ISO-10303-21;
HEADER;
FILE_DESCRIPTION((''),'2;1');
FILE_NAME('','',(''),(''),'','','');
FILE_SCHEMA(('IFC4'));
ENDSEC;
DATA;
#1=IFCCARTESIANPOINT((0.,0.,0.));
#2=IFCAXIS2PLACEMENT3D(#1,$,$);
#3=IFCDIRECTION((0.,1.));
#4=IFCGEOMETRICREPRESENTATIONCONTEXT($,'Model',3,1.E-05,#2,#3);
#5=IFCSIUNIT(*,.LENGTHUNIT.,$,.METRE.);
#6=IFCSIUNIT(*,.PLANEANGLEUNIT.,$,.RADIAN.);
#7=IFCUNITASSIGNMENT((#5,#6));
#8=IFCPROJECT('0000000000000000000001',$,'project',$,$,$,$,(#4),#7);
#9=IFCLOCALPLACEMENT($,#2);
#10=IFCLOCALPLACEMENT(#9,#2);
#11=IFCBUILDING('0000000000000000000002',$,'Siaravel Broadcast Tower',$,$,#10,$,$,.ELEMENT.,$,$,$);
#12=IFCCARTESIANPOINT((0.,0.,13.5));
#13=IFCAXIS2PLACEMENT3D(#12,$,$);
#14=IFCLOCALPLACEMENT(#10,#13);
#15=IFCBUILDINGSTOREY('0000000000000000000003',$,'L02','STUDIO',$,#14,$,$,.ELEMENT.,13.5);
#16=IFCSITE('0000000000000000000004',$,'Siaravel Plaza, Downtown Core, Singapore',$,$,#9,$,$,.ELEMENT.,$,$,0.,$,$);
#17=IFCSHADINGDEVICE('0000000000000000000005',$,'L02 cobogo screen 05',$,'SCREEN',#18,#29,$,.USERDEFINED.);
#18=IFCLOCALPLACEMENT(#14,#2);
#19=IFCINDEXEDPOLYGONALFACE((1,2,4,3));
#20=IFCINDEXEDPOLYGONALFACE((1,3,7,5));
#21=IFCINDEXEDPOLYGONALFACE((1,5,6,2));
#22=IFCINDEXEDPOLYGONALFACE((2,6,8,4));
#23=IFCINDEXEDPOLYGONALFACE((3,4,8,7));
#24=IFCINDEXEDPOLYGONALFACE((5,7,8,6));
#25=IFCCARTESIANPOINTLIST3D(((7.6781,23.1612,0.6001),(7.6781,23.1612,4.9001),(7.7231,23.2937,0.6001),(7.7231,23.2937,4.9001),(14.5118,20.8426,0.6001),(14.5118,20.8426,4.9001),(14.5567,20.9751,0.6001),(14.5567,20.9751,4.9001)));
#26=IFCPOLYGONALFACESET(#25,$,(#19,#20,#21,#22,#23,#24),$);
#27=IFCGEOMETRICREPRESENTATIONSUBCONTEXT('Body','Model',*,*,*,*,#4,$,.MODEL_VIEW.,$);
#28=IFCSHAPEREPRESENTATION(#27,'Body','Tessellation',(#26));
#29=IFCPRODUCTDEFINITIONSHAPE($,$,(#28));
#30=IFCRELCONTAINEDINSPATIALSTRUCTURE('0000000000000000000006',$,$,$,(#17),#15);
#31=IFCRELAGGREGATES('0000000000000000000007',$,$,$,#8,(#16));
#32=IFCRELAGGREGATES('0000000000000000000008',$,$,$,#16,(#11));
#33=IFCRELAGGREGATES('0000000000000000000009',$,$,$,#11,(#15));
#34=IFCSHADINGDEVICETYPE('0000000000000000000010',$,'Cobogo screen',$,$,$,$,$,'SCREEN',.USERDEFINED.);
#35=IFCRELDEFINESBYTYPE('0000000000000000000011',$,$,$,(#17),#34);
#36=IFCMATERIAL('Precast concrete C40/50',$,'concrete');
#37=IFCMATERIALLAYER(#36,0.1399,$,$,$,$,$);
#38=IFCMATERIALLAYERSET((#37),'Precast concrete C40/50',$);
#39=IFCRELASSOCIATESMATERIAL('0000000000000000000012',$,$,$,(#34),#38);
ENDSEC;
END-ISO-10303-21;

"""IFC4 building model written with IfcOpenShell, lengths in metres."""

from ifc_helpers import new_model, si_unit, direction, frame, origin, origin_2d, place, context, subcontext, project, spatial, rectangle, extrude, material, layer, layer_set, type_object, element, save


model = new_model("IFC4")

# Units and contexts
model_context = context("Model", 3, precision=1e-05, world=origin(), true_north=direction((0.0, 1.0)))
body_context = subcontext(model_context, "Body", "Model", "MODEL_VIEW")
ifc_project = project(units=[si_unit("LENGTHUNIT", "METRE"), si_unit("PLANEANGLEUNIT", "RADIAN")], contexts=[model_context])

# Site, building, storey
site_placement = place(None, origin())
site = spatial("IfcSite", under=ifc_project, at=site_placement, Name="Siaravel Plaza, Downtown Core, Singapore", CompositionType="ELEMENT", RefElevation=0.0)
building_placement = place(site_placement, origin())
building = spatial("IfcBuilding", under=site, at=building_placement, Name="Siaravel Broadcast Tower", CompositionType="ELEMENT")
storey_placement = place(building_placement, frame((0.0, 0.0, 13.5)))
storey = spatial("IfcBuildingStorey", under=building, at=storey_placement, Name="L02", Description="STUDIO", CompositionType="ELEMENT", Elevation=13.5)

# Shading device
ifc_material_1 = material(Name="Precast concrete C40/50", Category="concrete")
ifc_layer_1 = layer(ifc_material_1, 0.1399)
ifc_layer_set_1 = layer_set([ifc_layer_1], Name="Precast concrete C40/50")
shading_device_type_1 = type_object("IfcShadingDeviceType", Name="Cobogo screen", ElementType="SCREEN", PredefinedType="USERDEFINED", material=ifc_layer_set_1)
shading_device_1_placement = place(storey_placement, frame((11.1174, 22.0681, 0.6001), z_axis=(0.0, 0.0, 1.0), x_axis=(-0.946977, 0.321301, 0.0)))
element("IfcShadingDevice", 1, at=shading_device_1_placement, inside=storey, type_object=shading_device_type_1, Name="L02 cobogo screen 05", ObjectType="SCREEN", PredefinedType="USERDEFINED", context=body_context, shape_type="SweptSolid", body=[
    extrude(rectangle(XDim=7.2163, YDim=0.1399, at=origin_2d()), origin(), (0.0, 0.0, 1.0), 4.3),
])

save(model, "model.ifc")
